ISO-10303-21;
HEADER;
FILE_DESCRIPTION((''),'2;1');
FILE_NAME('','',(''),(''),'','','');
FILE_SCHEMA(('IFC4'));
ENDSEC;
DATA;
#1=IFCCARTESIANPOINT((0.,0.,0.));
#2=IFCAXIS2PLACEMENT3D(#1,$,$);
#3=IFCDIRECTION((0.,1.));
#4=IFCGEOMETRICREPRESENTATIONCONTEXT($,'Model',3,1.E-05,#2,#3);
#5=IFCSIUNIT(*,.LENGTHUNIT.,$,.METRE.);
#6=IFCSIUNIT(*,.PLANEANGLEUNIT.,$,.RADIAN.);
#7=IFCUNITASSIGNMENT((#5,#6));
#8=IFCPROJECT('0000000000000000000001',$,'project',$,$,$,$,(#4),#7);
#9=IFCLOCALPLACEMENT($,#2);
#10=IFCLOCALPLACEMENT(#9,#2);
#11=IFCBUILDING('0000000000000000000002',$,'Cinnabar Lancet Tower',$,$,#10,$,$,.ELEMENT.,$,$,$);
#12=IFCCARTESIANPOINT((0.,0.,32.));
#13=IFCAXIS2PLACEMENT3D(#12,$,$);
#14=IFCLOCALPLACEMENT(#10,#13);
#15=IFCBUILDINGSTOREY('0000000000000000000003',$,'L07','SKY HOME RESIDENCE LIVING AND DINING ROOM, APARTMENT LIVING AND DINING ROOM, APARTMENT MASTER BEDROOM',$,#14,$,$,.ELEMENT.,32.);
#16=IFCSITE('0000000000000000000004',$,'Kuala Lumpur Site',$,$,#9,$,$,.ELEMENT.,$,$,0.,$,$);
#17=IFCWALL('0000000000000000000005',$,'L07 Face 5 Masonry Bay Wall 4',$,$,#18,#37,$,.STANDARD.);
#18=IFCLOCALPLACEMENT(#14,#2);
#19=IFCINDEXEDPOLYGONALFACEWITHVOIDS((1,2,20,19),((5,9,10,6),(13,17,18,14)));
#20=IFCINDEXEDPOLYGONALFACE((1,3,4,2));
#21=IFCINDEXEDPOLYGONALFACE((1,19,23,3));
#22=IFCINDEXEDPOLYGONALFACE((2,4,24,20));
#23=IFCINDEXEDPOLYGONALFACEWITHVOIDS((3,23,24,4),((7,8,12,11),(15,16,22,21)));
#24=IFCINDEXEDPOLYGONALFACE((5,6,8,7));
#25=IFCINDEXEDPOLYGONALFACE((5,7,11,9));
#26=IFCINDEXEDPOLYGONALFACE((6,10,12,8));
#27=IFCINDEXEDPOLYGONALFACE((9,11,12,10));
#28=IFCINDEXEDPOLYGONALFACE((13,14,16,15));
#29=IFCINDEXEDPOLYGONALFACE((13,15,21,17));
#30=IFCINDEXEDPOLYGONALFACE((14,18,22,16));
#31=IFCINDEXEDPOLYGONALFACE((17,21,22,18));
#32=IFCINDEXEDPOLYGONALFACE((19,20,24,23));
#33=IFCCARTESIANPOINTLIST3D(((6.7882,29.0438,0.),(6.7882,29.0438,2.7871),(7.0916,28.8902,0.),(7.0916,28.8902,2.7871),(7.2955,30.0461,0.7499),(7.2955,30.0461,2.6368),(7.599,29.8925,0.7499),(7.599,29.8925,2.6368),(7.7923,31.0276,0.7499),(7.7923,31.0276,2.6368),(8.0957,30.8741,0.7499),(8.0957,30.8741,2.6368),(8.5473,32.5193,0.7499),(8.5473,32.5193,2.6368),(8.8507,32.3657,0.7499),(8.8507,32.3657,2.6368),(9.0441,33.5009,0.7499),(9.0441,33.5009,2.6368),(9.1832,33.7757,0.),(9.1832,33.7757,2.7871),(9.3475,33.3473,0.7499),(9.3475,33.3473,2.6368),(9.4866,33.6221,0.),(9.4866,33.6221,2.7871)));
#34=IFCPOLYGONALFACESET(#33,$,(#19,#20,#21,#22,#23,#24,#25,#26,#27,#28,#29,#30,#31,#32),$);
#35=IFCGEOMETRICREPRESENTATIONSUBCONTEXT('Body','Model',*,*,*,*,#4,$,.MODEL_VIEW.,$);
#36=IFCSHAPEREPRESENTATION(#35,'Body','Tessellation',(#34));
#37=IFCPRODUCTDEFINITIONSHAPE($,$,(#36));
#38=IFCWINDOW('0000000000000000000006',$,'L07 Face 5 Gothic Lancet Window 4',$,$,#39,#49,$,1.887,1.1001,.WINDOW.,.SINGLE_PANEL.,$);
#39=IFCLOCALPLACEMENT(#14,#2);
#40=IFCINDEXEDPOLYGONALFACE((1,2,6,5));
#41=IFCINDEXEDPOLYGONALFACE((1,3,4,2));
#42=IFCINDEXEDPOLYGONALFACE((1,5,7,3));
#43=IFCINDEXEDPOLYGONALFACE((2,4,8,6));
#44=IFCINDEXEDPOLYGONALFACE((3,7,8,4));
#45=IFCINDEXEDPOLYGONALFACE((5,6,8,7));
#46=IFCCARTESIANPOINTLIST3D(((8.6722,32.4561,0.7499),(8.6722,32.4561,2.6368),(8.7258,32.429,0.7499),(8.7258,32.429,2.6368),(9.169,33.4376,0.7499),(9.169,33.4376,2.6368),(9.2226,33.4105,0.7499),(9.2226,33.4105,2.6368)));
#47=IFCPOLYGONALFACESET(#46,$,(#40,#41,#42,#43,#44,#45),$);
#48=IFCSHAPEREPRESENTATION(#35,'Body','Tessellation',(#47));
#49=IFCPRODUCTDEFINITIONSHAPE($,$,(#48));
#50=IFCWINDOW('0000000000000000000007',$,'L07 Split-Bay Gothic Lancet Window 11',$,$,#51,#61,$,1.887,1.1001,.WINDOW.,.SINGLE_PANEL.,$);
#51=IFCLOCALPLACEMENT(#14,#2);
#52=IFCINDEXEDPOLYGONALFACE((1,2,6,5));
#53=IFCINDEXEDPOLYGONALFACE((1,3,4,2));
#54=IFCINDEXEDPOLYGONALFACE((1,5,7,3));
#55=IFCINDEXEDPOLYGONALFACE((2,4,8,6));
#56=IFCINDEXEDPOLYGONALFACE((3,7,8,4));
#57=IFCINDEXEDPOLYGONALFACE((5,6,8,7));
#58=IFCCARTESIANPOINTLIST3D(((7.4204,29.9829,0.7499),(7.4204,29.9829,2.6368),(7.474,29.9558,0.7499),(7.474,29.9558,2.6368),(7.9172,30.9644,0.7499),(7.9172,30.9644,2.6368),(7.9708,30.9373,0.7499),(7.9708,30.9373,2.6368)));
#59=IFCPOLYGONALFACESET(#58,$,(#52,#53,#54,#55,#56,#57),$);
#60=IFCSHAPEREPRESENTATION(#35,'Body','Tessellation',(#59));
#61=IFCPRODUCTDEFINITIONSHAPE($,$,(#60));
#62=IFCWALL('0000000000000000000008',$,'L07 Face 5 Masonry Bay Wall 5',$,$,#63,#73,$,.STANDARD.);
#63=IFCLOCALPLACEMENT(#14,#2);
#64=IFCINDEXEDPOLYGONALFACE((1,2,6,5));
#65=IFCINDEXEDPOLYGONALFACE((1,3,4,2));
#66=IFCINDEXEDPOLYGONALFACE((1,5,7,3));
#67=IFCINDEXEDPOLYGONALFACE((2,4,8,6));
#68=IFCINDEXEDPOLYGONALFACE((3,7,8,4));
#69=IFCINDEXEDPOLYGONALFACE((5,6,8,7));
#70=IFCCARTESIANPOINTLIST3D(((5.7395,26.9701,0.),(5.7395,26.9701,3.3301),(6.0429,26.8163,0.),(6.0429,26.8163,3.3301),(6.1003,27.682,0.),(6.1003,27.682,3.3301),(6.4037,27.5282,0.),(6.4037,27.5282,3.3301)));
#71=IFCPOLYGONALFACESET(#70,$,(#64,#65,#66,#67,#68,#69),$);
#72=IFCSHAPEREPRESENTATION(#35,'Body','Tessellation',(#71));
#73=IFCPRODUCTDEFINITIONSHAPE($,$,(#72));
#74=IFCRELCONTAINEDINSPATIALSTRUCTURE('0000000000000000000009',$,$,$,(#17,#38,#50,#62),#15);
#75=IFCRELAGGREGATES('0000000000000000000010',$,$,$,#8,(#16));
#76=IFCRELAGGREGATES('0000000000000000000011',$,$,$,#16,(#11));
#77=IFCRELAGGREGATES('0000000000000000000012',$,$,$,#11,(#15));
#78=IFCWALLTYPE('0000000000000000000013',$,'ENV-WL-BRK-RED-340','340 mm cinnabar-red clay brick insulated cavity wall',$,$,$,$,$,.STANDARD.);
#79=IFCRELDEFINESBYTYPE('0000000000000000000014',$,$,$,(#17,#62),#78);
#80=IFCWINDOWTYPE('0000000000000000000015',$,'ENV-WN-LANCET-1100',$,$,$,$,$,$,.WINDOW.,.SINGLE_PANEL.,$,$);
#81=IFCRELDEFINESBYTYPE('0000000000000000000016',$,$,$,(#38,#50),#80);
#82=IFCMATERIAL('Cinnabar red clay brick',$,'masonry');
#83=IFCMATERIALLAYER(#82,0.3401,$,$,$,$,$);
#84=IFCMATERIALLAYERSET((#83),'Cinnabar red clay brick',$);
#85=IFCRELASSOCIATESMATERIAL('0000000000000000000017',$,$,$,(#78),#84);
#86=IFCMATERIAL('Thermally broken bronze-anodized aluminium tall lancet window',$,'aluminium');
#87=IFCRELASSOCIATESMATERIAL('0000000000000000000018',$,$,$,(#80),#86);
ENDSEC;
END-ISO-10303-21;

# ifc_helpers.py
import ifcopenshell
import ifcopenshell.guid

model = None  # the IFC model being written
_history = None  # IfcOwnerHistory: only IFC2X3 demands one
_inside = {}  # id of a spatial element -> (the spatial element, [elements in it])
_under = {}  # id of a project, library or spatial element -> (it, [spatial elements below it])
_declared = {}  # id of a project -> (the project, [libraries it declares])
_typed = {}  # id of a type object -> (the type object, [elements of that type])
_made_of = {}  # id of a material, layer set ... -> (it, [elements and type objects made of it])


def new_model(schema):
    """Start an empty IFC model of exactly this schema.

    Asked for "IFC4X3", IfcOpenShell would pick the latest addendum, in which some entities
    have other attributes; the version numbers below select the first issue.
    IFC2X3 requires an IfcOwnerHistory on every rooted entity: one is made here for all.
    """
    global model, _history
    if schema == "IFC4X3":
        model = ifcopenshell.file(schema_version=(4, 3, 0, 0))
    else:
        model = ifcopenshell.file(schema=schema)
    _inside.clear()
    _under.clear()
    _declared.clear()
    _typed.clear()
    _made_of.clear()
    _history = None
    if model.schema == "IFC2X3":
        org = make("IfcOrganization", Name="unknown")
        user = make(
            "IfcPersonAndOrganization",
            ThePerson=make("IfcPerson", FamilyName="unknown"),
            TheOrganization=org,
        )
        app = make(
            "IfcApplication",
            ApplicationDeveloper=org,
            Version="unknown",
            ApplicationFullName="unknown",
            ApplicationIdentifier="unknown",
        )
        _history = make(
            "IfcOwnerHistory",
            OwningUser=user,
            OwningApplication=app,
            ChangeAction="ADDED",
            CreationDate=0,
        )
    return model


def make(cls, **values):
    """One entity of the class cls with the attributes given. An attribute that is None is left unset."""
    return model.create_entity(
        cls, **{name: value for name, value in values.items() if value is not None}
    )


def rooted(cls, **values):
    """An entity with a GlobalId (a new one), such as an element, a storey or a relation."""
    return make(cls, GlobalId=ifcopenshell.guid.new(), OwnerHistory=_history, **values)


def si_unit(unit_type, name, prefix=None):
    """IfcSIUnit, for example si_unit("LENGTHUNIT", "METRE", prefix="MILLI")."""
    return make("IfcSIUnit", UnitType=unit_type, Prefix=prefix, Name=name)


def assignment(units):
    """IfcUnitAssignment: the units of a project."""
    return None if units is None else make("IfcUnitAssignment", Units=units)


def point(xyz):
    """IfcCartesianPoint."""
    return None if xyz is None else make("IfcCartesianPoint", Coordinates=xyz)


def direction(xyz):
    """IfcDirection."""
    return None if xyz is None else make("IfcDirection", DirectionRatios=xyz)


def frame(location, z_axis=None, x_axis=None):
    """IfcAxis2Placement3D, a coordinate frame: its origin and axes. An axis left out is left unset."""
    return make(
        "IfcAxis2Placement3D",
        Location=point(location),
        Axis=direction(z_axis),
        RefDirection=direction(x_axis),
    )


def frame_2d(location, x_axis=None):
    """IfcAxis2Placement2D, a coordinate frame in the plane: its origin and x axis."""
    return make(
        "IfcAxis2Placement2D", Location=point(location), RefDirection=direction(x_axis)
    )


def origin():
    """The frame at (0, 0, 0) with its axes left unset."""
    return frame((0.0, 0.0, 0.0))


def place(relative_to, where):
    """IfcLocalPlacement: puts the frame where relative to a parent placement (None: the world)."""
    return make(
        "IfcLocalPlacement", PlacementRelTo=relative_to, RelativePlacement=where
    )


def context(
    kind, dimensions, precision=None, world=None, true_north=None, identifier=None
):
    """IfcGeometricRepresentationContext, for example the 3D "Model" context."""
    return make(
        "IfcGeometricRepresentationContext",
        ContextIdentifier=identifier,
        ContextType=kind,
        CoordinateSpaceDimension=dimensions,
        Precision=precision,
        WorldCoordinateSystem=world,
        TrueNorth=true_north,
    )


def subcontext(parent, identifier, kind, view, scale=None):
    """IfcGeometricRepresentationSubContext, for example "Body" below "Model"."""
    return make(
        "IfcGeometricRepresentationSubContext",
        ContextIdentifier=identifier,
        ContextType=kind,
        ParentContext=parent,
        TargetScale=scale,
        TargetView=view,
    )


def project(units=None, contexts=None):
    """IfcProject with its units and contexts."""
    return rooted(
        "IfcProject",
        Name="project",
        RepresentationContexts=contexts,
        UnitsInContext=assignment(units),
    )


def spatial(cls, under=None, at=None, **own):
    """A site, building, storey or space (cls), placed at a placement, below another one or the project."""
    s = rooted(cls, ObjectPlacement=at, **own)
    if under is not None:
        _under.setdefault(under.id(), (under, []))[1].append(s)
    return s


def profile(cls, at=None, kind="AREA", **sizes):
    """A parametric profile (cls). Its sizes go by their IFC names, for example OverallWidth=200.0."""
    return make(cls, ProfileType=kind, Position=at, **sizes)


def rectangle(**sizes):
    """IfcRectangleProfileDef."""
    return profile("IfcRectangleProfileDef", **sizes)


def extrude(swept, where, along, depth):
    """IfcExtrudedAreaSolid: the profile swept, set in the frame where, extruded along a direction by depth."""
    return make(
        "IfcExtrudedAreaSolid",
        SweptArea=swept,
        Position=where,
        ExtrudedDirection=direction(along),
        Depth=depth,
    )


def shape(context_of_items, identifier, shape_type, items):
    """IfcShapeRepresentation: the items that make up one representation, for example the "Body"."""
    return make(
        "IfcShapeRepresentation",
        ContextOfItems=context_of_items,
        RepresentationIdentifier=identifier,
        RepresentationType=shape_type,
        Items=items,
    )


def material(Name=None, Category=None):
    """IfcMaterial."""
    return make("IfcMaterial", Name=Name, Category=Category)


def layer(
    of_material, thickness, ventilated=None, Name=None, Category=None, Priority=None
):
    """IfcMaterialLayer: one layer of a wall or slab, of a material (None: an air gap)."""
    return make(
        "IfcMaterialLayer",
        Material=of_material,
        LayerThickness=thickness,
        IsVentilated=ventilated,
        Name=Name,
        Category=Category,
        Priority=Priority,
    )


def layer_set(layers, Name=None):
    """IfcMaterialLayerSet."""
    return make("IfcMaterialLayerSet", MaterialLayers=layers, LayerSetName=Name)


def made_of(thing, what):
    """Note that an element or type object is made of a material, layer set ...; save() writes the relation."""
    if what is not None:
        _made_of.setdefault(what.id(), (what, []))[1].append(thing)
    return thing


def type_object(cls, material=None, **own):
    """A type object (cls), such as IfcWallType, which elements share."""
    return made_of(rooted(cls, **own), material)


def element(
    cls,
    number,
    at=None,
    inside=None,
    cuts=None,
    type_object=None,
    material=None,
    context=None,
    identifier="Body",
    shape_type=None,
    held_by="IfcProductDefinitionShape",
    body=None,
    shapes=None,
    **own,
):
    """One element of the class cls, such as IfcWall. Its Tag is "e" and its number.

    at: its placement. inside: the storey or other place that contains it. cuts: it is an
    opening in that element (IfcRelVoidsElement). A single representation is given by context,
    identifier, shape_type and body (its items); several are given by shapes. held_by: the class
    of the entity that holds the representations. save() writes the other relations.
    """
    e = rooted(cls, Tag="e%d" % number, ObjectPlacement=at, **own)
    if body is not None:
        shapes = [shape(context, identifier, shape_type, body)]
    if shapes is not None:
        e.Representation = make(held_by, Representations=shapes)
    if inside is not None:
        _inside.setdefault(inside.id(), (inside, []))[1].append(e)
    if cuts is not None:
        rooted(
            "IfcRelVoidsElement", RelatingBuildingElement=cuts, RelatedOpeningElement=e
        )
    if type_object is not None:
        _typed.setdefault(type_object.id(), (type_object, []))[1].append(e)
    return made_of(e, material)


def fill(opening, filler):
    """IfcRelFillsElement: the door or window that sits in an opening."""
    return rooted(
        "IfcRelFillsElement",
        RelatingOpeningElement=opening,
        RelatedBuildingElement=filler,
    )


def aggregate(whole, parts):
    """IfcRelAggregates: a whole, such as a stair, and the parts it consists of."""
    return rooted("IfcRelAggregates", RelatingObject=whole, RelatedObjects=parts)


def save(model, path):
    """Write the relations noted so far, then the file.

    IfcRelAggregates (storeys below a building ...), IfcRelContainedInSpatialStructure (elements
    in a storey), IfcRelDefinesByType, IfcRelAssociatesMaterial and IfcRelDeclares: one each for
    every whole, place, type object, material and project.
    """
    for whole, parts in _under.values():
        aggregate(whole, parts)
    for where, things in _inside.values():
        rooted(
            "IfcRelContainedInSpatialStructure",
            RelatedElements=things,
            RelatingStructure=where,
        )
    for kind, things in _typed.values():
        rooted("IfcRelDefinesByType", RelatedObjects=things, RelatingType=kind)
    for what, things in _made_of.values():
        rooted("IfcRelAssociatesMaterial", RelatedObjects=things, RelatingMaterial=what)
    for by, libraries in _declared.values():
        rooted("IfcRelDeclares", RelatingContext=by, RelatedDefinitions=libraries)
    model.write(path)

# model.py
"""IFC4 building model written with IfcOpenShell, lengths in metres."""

from ifc_helpers import new_model, si_unit, direction, frame, frame_2d, origin, place, context, subcontext, project, spatial, rectangle, extrude, material, layer, layer_set, type_object, element, fill, save


model = new_model("IFC4")

# Units and contexts
model_context = context("Model", 3, precision=1e-05, world=origin(), true_north=direction((0.0, 1.0)))
body_context = subcontext(model_context, "Body", "Model", "MODEL_VIEW")
ifc_project = project(units=[si_unit("LENGTHUNIT", "METRE"), si_unit("PLANEANGLEUNIT", "RADIAN")], contexts=[model_context])

# Site, building, storey
site_placement = place(None, origin())
site = spatial("IfcSite", under=ifc_project, at=site_placement, Name="Kuala Lumpur Site", CompositionType="ELEMENT", RefElevation=0.0)
building_placement = place(site_placement, origin())
building = spatial("IfcBuilding", under=site, at=building_placement, Name="Cinnabar Lancet Tower", CompositionType="ELEMENT")
storey_placement = place(building_placement, frame((0.0, 0.0, 32.0)))
storey = spatial("IfcBuildingStorey", under=building, at=storey_placement, Name="L07", Description="SKY HOME RESIDENCE LIVING AND DINING ROOM, APARTMENT LIVING AND DINING ROOM, APARTMENT MASTER BEDROOM", CompositionType="ELEMENT", Elevation=32.0)

# Shared definitions
ifc_material_1 = material(Name="Cinnabar red clay brick", Category="masonry")
ifc_layer_1 = layer(ifc_material_1, 0.3401)
ifc_layer_set_1 = layer_set([ifc_layer_1], Name="Cinnabar red clay brick")
wall_type_1 = type_object("IfcWallType", Name="ENV-WL-BRK-RED-340", Description="340 mm cinnabar-red clay brick insulated cavity wall", PredefinedType="STANDARD", material=ifc_layer_set_1)
ifc_material_2 = material(Name="Thermally broken bronze-anodized aluminium tall lancet window", Category="aluminium")
window_type = type_object("IfcWindowType", Name="ENV-WN-LANCET-1100", PartitioningType="SINGLE_PANEL", PredefinedType="WINDOW", material=ifc_material_2)

# Wall, openings, windows
wall_1_placement = place(storey_placement, frame((9.335, 33.699, 0.0), z_axis=(0.0, 0.0, 1.0), x_axis=(-0.451591, -0.892225, 0.0)))
wall_1 = element("IfcWall", 1, at=wall_1_placement, inside=storey, type_object=wall_type_1, Name="L07 Face 5 Masonry Bay Wall 4", PredefinedType="STANDARD", context=body_context, shape_type="SweptSolid", body=[
    extrude(rectangle(XDim=5.3035, YDim=0.3401, at=frame_2d((2.6519, 0.0))), origin(), (0.0, 0.0, 1.0), 2.7871),
])
opening_1_placement = place(wall_1_placement, frame((0.3081, 0.0, 0.75)))
opening_1 = element("IfcOpeningElement", 2, at=opening_1_placement, cuts=wall_1, PredefinedType="OPENING", context=body_context, shape_type="SweptSolid", body=[
    extrude(rectangle(XDim=1.1001, YDim=1.887, at=frame_2d((0.55, 0.9434))), frame((0.0, 0.1799, 0.0), z_axis=(0.0, -1.0, 0.0), x_axis=(1.0, 0.0, 0.0)), (0.0, 0.0, 1.0), 0.3601),
])
opening_2_placement = place(wall_1_placement, frame((3.0801, 0.0, 0.75)))
opening_2 = element("IfcOpeningElement", 3, at=opening_2_placement, cuts=wall_1, PredefinedType="OPENING", context=body_context, shape_type="SweptSolid", body=[
    extrude(rectangle(XDim=1.1001, YDim=1.887, at=frame_2d((0.55, 0.9434))), frame((0.0, 0.1799, 0.0), z_axis=(0.0, -1.0, 0.0), x_axis=(1.0, 0.0, 0.0)), (0.0, 0.0, 1.0), 0.3601),
])
window_1_placement = place(opening_1_placement, origin())
window_1 = element("IfcWindow", 4, at=window_1_placement, inside=storey, type_object=window_type, Name="L07 Face 5 Gothic Lancet Window 4", OverallHeight=1.887, OverallWidth=1.1001, PartitioningType="SINGLE_PANEL", PredefinedType="WINDOW", context=body_context, shape_type="SweptSolid", body=[
    extrude(rectangle(XDim=1.1001, YDim=1.887, at=frame_2d((0.55, 0.9434))), frame((0.0, 0.03, 0.0), z_axis=(0.0, -1.0, 0.0), x_axis=(1.0, 0.0, 0.0)), (0.0, 0.0, 1.0), 0.0601),
])
fill(opening_1, window_1)
window_2_placement = place(opening_2_placement, origin())
window_2 = element("IfcWindow", 5, at=window_2_placement, inside=storey, type_object=window_type, Name="L07 Split-Bay Gothic Lancet Window 11", OverallHeight=1.887, OverallWidth=1.1001, PartitioningType="SINGLE_PANEL", PredefinedType="WINDOW", context=body_context, shape_type="SweptSolid", body=[
    extrude(rectangle(XDim=1.1001, YDim=1.887, at=frame_2d((0.55, 0.9434))), frame((0.0, 0.03, 0.0), z_axis=(0.0, -1.0, 0.0), x_axis=(1.0, 0.0, 0.0)), (0.0, 0.0, 1.0), 0.0601),
])
fill(opening_2, window_2)

# Wall
wall_2_placement = place(storey_placement, frame((6.252, 27.605, 0.0), z_axis=(0.0, 0.0, 1.0), x_axis=(-0.452101, -0.891967, 0.0)))
element("IfcWall", 6, at=wall_2_placement, inside=storey, type_object=wall_type_1, Name="L07 Face 5 Masonry Bay Wall 5", PredefinedType="STANDARD", context=body_context, shape_type="SweptSolid", body=[
    extrude(rectangle(XDim=0.7981, YDim=0.3401, at=frame_2d((0.3989, 0.0))), origin(), (0.0, 0.0, 1.0), 3.3301),
])

save(model, "model.ifc")
